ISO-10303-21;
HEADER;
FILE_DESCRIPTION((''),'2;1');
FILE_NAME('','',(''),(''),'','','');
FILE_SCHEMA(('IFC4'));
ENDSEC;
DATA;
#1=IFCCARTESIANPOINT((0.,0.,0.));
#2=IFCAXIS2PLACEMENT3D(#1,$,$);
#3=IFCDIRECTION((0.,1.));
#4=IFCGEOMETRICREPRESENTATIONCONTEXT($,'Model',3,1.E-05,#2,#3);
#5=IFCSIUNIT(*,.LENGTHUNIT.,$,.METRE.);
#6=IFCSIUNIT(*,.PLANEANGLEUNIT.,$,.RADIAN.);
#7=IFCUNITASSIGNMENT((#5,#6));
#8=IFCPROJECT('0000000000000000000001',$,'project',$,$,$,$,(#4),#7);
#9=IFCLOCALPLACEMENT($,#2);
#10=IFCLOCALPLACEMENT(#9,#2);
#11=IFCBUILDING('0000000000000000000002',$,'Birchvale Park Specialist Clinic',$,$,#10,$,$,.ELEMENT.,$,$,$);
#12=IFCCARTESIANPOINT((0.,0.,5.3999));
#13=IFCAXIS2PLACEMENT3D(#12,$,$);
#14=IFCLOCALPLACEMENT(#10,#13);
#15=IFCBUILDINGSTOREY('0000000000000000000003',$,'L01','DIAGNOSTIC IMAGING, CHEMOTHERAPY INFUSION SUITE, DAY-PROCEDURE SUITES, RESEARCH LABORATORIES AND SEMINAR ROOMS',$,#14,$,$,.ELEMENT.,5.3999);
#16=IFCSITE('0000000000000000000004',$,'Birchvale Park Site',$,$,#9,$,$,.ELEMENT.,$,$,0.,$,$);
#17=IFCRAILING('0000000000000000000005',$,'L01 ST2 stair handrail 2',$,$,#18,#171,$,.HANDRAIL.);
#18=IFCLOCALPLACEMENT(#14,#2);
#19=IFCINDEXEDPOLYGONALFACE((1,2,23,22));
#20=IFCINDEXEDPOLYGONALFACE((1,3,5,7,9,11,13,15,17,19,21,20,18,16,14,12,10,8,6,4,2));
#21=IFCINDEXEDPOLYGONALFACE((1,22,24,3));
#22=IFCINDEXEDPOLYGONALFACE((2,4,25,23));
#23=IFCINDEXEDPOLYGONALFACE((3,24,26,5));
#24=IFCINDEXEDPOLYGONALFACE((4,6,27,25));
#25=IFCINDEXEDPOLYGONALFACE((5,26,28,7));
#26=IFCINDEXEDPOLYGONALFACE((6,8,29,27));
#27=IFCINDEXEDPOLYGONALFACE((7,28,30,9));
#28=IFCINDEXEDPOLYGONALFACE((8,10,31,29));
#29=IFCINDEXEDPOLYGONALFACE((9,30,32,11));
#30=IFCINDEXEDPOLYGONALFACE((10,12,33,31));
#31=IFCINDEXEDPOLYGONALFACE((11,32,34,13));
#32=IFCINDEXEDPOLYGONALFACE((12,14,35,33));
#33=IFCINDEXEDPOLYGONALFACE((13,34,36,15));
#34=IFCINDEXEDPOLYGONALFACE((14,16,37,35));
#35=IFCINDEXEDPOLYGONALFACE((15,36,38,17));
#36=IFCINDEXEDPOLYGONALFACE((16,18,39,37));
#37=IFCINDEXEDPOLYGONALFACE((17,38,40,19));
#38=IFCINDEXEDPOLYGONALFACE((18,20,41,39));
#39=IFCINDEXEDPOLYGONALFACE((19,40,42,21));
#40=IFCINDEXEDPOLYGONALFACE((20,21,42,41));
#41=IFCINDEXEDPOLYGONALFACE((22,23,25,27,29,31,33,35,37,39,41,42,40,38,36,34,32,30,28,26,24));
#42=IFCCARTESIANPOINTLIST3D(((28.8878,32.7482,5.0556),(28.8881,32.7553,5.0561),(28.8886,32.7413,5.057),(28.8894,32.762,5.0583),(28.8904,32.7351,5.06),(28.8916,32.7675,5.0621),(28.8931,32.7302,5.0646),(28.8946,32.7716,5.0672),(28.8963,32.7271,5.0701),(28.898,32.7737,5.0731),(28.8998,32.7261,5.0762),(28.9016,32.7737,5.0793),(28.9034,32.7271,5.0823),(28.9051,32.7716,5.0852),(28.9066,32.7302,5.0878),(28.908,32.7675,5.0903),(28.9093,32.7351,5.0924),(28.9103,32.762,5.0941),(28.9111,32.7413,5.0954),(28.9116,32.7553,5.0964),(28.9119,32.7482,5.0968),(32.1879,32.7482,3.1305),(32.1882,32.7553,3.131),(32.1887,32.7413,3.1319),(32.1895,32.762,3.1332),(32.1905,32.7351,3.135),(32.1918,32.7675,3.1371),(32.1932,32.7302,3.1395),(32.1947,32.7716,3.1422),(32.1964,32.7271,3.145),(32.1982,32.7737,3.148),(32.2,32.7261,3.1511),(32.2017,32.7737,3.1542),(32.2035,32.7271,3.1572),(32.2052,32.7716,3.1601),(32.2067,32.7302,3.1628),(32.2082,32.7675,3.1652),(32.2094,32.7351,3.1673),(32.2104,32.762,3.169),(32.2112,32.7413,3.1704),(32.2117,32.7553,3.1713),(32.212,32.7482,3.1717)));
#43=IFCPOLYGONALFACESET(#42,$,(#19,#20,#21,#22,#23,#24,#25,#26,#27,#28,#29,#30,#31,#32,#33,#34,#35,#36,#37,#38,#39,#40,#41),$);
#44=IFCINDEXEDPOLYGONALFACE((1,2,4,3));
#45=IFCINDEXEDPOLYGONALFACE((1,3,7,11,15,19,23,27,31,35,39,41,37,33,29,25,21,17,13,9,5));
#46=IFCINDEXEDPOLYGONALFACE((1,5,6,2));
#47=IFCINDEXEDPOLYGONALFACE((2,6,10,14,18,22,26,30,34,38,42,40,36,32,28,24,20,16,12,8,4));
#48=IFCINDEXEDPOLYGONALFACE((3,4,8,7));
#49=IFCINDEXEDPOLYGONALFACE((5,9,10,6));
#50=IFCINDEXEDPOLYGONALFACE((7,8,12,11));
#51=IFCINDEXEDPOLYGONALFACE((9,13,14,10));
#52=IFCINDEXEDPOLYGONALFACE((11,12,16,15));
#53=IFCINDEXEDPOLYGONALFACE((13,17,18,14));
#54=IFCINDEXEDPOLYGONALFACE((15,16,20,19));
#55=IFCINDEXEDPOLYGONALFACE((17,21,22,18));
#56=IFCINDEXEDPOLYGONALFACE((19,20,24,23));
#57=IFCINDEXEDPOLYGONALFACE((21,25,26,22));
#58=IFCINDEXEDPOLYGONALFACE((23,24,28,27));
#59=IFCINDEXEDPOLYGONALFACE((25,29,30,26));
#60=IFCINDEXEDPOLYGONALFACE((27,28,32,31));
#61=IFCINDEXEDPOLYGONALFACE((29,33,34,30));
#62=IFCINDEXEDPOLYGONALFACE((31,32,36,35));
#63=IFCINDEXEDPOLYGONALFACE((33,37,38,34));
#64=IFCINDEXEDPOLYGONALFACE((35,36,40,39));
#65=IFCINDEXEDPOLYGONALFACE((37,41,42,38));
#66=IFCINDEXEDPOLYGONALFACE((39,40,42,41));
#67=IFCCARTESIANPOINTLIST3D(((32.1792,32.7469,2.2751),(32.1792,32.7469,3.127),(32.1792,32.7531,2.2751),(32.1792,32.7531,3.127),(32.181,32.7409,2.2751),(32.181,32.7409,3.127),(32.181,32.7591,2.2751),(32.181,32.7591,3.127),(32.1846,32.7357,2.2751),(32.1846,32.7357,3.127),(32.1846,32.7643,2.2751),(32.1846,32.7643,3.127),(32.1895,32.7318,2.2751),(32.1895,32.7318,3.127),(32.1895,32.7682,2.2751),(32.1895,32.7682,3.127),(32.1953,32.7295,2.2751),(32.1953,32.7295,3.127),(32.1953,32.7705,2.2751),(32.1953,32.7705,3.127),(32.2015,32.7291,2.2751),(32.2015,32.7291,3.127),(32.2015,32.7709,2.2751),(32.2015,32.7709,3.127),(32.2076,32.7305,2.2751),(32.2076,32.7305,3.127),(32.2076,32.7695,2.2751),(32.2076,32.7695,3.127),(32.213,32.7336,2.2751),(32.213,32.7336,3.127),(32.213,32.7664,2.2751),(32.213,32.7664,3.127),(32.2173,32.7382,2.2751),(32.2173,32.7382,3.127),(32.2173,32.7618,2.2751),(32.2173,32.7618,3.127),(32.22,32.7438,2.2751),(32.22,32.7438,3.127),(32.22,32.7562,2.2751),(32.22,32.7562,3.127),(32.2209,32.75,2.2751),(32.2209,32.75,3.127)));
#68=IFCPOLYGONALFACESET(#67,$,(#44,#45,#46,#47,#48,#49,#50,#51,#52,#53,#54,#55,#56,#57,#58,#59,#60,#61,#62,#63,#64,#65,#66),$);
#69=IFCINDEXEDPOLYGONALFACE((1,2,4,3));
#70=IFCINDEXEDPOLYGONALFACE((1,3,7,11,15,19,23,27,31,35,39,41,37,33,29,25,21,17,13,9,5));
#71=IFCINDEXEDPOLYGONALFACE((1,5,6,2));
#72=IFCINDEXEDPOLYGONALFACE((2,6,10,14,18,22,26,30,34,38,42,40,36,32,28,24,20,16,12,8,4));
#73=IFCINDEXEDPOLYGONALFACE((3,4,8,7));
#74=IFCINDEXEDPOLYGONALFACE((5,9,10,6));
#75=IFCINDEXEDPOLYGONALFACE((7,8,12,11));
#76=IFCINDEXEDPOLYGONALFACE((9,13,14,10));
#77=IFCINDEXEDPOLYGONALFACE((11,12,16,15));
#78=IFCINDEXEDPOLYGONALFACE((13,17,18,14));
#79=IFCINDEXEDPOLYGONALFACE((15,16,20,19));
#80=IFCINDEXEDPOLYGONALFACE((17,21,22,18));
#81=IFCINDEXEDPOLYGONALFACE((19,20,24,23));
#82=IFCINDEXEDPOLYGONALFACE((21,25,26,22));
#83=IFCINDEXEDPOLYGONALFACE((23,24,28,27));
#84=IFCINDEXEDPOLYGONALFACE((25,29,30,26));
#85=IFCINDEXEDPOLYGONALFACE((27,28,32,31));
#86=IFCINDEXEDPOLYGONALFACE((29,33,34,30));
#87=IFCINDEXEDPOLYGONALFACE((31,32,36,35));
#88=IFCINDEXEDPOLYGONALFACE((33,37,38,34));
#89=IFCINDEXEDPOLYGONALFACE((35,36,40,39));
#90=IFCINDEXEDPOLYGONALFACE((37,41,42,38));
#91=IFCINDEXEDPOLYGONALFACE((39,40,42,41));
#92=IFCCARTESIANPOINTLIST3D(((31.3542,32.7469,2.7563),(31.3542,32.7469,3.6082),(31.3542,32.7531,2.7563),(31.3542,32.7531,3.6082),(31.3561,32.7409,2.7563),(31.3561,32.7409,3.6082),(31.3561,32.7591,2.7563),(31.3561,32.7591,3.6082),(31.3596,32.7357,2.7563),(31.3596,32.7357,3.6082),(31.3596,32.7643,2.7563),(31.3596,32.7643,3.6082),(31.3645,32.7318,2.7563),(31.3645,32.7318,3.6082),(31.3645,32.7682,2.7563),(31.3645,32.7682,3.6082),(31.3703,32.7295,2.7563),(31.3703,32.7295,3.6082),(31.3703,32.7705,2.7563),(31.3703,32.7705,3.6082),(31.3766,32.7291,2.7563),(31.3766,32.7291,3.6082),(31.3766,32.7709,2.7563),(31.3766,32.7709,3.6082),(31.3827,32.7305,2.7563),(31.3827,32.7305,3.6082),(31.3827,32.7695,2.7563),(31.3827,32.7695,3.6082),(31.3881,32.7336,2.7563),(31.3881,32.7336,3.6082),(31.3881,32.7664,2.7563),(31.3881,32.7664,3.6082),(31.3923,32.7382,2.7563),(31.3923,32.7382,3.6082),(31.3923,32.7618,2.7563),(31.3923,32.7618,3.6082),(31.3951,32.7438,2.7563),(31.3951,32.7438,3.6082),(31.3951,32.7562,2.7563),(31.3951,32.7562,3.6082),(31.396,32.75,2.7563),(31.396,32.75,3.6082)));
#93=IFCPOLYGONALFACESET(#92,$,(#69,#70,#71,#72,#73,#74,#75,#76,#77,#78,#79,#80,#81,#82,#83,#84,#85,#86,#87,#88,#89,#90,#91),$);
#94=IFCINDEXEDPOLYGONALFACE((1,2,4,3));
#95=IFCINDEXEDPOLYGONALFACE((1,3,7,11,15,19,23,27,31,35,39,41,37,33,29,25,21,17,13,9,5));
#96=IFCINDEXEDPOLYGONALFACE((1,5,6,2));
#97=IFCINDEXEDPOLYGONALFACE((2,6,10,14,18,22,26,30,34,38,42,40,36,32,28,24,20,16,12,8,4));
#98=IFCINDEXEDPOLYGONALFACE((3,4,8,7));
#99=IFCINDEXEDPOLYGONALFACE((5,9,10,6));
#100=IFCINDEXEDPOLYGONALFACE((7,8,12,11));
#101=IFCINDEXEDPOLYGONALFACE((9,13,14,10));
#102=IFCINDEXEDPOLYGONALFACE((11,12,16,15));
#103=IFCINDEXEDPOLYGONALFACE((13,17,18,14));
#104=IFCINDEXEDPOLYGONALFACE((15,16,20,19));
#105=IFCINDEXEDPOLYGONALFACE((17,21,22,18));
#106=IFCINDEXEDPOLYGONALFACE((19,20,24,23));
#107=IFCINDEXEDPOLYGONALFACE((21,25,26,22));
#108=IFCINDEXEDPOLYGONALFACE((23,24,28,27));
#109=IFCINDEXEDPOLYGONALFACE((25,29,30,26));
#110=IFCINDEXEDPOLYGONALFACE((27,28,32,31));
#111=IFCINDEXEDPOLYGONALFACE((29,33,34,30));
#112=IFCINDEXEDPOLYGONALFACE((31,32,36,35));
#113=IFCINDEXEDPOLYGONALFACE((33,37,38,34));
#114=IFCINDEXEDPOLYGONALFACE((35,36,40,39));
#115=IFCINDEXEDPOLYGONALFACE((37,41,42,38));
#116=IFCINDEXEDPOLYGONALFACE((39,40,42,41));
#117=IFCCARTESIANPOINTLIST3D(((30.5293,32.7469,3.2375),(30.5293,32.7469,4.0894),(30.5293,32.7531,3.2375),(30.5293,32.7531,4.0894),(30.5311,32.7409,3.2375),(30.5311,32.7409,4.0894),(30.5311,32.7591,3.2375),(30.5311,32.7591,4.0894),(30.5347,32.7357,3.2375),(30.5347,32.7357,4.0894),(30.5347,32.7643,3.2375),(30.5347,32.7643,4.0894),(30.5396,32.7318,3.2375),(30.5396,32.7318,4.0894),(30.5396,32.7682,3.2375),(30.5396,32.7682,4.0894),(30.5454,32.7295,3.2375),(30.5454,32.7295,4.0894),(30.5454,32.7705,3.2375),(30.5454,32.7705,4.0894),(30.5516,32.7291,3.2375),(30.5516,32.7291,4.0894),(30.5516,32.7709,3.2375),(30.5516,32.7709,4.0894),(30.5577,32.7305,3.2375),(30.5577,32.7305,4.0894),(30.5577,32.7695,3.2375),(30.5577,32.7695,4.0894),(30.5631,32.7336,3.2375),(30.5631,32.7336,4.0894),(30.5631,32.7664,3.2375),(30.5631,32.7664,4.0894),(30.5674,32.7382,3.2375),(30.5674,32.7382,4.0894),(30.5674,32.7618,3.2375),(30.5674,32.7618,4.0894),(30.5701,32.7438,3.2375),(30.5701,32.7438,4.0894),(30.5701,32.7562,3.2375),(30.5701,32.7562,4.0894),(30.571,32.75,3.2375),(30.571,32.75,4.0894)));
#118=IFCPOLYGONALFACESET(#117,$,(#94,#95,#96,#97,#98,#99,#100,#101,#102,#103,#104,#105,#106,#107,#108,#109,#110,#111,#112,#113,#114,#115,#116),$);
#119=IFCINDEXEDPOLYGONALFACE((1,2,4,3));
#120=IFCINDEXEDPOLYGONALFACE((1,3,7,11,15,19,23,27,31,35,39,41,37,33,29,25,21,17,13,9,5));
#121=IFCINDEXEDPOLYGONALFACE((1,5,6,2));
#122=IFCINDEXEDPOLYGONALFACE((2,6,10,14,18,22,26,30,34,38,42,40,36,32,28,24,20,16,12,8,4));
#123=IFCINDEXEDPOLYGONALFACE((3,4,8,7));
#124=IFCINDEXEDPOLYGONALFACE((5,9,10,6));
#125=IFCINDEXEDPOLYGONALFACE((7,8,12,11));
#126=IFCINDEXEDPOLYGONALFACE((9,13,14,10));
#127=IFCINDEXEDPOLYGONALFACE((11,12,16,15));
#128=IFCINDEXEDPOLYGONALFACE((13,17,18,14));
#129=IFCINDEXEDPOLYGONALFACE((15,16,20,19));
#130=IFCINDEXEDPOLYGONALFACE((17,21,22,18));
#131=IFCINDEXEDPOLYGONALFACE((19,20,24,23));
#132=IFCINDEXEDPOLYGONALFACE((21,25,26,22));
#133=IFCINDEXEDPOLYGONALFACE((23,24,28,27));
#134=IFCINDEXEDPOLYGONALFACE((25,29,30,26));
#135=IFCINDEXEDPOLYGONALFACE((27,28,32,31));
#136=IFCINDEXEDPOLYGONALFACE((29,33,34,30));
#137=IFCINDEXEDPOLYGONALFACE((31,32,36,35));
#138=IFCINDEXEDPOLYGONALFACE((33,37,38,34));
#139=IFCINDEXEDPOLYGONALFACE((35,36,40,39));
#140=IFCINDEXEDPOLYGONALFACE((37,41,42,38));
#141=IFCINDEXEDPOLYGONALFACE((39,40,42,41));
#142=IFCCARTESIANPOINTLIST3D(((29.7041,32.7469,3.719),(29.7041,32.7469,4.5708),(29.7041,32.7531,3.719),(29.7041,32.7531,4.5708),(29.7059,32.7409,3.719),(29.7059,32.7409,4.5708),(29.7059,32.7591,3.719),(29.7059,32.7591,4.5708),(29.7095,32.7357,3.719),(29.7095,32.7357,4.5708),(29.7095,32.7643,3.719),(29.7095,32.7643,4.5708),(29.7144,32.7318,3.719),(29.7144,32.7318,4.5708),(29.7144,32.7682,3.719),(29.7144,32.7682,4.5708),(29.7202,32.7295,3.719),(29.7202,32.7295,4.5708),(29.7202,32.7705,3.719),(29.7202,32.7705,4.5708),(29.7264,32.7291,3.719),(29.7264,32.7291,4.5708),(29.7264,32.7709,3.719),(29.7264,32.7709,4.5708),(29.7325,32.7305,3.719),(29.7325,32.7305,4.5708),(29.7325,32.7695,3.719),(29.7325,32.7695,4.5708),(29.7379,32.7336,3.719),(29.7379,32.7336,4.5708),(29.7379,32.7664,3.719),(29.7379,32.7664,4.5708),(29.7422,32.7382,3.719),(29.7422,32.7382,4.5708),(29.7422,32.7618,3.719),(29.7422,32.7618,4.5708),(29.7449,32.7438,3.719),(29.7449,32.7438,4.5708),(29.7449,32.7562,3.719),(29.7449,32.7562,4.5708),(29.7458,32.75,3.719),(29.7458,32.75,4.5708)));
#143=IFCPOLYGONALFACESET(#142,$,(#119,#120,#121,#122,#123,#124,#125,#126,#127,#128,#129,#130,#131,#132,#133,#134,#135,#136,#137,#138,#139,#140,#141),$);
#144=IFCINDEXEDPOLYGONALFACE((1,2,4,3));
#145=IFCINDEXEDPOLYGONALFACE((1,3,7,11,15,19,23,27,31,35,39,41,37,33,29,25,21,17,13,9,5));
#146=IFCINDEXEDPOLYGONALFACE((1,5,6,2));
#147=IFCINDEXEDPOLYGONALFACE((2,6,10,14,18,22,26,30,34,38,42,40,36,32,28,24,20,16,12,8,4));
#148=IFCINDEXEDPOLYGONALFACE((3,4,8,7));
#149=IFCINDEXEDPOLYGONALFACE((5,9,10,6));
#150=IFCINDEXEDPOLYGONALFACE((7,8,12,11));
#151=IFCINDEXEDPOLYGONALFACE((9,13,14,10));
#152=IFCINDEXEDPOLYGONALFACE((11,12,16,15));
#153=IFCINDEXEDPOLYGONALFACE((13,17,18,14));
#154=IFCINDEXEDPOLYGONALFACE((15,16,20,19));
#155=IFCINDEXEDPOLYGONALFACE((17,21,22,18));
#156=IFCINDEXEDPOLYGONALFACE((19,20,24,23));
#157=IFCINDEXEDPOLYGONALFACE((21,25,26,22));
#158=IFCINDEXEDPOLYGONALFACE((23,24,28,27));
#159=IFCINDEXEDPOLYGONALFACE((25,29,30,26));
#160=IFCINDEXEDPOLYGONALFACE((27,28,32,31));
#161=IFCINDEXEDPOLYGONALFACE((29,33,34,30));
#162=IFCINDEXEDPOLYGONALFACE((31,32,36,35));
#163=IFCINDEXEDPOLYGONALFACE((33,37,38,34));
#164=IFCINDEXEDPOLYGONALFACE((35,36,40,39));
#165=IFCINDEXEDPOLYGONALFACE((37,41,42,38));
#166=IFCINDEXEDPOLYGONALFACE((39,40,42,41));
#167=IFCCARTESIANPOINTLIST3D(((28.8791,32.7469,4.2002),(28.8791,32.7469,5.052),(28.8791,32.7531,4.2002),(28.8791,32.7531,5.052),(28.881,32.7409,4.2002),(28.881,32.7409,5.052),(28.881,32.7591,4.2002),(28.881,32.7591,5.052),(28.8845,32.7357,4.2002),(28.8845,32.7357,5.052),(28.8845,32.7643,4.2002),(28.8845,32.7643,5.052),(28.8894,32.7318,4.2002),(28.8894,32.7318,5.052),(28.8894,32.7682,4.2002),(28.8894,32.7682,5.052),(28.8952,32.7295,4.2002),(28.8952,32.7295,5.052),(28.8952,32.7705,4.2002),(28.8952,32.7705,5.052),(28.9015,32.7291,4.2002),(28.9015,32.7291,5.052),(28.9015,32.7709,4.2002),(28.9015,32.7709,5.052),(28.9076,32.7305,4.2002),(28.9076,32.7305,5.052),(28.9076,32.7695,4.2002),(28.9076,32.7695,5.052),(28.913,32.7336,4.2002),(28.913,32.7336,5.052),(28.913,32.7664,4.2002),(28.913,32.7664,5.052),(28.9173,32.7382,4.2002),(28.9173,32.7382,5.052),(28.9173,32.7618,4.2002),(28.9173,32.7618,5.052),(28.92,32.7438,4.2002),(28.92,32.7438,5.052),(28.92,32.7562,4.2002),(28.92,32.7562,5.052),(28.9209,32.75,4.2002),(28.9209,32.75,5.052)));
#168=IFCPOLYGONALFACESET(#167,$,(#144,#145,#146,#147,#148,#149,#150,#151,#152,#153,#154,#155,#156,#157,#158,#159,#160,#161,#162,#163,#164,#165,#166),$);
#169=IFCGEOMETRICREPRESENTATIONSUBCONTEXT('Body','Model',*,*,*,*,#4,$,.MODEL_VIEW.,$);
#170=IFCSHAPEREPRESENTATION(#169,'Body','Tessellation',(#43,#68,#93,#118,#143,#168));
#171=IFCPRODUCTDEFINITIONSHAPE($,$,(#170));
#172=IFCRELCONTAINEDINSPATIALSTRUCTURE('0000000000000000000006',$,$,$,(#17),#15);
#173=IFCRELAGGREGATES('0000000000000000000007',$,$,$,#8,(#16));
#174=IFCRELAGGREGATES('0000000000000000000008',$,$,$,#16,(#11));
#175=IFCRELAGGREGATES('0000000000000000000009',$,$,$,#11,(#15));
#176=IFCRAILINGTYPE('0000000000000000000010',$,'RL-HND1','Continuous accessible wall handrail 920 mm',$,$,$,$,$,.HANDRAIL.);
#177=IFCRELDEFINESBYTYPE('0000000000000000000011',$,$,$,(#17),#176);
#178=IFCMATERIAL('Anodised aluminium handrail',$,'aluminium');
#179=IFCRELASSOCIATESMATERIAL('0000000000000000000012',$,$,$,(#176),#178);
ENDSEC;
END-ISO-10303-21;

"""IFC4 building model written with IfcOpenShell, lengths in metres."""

from ifc_helpers import new_model, si_unit, direction, frame, origin, origin_2d, place, context, subcontext, project, spatial, circle, extrude, material, type_object, element, save


model = new_model("IFC4")

# Units and contexts
model_context = context("Model", 3, precision=1e-05, world=origin(), true_north=direction((0.0, 1.0)))
body_context = subcontext(model_context, "Body", "Model", "MODEL_VIEW")
ifc_project = project(units=[si_unit("LENGTHUNIT", "METRE"), si_unit("PLANEANGLEUNIT", "RADIAN")], contexts=[model_context])

# Site, building, storey
site_placement = place(None, origin())
site = spatial("IfcSite", under=ifc_project, at=site_placement, Name="Birchvale Park Site", CompositionType="ELEMENT", RefElevation=0.0)
building_placement = place(site_placement, origin())
building = spatial("IfcBuilding", under=site, at=building_placement, Name="Birchvale Park Specialist Clinic", CompositionType="ELEMENT")
storey_placement = place(building_placement, frame((0.0, 0.0, 5.3999)))
storey = spatial("IfcBuildingStorey", under=building, at=storey_placement, Name="L01", Description="DIAGNOSTIC IMAGING, CHEMOTHERAPY INFUSION SUITE, DAY-PROCEDURE SUITES, RESEARCH LABORATORIES AND SEMINAR ROOMS", CompositionType="ELEMENT", Elevation=5.3999)

# Railing
ifc_material_1 = material(Name="Anodised aluminium handrail", Category="aluminium")
railing_type_1 = type_object("IfcRailingType", Name="RL-HND1", Description="Continuous accessible wall handrail 920 mm", PredefinedType="HANDRAIL", material=ifc_material_1)
railing_1_placement = place(storey_placement, frame((32.2, 32.75, 2.2751)))
element("IfcRailing", 1, at=railing_1_placement, inside=storey, type_object=railing_type_1, Name="L01 ST2 stair handrail 2", PredefinedType="HANDRAIL", context=body_context, shape_type="SweptSolid", body=[
    extrude(circle(Radius=0.0239, at=origin_2d()), frame((0.0, 0.0, 0.876), z_axis=(-0.863777, 0.0, 0.503875), x_axis=(0.0, -1.0, 0.0)), (0.0, 0.0, 1.0), 3.8206),
    extrude(circle(Radius=0.021, at=origin_2d()), origin(), (0.0, 0.0, 1.0), 0.8518),
    extrude(circle(Radius=0.021, at=origin_2d()), frame((-0.825, 0.0, 0.4812)), (0.0, 0.0, 1.0), 0.8518),
    extrude(circle(Radius=0.021, at=origin_2d()), frame((-1.6499, 0.0, 0.9624)), (0.0, 0.0, 1.0), 0.8518),
    extrude(circle(Radius=0.021, at=origin_2d()), frame((-2.4751, 0.0, 1.4438)), (0.0, 0.0, 1.0), 0.8518),
    extrude(circle(Radius=0.021, at=origin_2d()), frame((-3.3, 0.0, 1.925)), (0.0, 0.0, 1.0), 0.8518),
])

save(model, "model.ifc")
